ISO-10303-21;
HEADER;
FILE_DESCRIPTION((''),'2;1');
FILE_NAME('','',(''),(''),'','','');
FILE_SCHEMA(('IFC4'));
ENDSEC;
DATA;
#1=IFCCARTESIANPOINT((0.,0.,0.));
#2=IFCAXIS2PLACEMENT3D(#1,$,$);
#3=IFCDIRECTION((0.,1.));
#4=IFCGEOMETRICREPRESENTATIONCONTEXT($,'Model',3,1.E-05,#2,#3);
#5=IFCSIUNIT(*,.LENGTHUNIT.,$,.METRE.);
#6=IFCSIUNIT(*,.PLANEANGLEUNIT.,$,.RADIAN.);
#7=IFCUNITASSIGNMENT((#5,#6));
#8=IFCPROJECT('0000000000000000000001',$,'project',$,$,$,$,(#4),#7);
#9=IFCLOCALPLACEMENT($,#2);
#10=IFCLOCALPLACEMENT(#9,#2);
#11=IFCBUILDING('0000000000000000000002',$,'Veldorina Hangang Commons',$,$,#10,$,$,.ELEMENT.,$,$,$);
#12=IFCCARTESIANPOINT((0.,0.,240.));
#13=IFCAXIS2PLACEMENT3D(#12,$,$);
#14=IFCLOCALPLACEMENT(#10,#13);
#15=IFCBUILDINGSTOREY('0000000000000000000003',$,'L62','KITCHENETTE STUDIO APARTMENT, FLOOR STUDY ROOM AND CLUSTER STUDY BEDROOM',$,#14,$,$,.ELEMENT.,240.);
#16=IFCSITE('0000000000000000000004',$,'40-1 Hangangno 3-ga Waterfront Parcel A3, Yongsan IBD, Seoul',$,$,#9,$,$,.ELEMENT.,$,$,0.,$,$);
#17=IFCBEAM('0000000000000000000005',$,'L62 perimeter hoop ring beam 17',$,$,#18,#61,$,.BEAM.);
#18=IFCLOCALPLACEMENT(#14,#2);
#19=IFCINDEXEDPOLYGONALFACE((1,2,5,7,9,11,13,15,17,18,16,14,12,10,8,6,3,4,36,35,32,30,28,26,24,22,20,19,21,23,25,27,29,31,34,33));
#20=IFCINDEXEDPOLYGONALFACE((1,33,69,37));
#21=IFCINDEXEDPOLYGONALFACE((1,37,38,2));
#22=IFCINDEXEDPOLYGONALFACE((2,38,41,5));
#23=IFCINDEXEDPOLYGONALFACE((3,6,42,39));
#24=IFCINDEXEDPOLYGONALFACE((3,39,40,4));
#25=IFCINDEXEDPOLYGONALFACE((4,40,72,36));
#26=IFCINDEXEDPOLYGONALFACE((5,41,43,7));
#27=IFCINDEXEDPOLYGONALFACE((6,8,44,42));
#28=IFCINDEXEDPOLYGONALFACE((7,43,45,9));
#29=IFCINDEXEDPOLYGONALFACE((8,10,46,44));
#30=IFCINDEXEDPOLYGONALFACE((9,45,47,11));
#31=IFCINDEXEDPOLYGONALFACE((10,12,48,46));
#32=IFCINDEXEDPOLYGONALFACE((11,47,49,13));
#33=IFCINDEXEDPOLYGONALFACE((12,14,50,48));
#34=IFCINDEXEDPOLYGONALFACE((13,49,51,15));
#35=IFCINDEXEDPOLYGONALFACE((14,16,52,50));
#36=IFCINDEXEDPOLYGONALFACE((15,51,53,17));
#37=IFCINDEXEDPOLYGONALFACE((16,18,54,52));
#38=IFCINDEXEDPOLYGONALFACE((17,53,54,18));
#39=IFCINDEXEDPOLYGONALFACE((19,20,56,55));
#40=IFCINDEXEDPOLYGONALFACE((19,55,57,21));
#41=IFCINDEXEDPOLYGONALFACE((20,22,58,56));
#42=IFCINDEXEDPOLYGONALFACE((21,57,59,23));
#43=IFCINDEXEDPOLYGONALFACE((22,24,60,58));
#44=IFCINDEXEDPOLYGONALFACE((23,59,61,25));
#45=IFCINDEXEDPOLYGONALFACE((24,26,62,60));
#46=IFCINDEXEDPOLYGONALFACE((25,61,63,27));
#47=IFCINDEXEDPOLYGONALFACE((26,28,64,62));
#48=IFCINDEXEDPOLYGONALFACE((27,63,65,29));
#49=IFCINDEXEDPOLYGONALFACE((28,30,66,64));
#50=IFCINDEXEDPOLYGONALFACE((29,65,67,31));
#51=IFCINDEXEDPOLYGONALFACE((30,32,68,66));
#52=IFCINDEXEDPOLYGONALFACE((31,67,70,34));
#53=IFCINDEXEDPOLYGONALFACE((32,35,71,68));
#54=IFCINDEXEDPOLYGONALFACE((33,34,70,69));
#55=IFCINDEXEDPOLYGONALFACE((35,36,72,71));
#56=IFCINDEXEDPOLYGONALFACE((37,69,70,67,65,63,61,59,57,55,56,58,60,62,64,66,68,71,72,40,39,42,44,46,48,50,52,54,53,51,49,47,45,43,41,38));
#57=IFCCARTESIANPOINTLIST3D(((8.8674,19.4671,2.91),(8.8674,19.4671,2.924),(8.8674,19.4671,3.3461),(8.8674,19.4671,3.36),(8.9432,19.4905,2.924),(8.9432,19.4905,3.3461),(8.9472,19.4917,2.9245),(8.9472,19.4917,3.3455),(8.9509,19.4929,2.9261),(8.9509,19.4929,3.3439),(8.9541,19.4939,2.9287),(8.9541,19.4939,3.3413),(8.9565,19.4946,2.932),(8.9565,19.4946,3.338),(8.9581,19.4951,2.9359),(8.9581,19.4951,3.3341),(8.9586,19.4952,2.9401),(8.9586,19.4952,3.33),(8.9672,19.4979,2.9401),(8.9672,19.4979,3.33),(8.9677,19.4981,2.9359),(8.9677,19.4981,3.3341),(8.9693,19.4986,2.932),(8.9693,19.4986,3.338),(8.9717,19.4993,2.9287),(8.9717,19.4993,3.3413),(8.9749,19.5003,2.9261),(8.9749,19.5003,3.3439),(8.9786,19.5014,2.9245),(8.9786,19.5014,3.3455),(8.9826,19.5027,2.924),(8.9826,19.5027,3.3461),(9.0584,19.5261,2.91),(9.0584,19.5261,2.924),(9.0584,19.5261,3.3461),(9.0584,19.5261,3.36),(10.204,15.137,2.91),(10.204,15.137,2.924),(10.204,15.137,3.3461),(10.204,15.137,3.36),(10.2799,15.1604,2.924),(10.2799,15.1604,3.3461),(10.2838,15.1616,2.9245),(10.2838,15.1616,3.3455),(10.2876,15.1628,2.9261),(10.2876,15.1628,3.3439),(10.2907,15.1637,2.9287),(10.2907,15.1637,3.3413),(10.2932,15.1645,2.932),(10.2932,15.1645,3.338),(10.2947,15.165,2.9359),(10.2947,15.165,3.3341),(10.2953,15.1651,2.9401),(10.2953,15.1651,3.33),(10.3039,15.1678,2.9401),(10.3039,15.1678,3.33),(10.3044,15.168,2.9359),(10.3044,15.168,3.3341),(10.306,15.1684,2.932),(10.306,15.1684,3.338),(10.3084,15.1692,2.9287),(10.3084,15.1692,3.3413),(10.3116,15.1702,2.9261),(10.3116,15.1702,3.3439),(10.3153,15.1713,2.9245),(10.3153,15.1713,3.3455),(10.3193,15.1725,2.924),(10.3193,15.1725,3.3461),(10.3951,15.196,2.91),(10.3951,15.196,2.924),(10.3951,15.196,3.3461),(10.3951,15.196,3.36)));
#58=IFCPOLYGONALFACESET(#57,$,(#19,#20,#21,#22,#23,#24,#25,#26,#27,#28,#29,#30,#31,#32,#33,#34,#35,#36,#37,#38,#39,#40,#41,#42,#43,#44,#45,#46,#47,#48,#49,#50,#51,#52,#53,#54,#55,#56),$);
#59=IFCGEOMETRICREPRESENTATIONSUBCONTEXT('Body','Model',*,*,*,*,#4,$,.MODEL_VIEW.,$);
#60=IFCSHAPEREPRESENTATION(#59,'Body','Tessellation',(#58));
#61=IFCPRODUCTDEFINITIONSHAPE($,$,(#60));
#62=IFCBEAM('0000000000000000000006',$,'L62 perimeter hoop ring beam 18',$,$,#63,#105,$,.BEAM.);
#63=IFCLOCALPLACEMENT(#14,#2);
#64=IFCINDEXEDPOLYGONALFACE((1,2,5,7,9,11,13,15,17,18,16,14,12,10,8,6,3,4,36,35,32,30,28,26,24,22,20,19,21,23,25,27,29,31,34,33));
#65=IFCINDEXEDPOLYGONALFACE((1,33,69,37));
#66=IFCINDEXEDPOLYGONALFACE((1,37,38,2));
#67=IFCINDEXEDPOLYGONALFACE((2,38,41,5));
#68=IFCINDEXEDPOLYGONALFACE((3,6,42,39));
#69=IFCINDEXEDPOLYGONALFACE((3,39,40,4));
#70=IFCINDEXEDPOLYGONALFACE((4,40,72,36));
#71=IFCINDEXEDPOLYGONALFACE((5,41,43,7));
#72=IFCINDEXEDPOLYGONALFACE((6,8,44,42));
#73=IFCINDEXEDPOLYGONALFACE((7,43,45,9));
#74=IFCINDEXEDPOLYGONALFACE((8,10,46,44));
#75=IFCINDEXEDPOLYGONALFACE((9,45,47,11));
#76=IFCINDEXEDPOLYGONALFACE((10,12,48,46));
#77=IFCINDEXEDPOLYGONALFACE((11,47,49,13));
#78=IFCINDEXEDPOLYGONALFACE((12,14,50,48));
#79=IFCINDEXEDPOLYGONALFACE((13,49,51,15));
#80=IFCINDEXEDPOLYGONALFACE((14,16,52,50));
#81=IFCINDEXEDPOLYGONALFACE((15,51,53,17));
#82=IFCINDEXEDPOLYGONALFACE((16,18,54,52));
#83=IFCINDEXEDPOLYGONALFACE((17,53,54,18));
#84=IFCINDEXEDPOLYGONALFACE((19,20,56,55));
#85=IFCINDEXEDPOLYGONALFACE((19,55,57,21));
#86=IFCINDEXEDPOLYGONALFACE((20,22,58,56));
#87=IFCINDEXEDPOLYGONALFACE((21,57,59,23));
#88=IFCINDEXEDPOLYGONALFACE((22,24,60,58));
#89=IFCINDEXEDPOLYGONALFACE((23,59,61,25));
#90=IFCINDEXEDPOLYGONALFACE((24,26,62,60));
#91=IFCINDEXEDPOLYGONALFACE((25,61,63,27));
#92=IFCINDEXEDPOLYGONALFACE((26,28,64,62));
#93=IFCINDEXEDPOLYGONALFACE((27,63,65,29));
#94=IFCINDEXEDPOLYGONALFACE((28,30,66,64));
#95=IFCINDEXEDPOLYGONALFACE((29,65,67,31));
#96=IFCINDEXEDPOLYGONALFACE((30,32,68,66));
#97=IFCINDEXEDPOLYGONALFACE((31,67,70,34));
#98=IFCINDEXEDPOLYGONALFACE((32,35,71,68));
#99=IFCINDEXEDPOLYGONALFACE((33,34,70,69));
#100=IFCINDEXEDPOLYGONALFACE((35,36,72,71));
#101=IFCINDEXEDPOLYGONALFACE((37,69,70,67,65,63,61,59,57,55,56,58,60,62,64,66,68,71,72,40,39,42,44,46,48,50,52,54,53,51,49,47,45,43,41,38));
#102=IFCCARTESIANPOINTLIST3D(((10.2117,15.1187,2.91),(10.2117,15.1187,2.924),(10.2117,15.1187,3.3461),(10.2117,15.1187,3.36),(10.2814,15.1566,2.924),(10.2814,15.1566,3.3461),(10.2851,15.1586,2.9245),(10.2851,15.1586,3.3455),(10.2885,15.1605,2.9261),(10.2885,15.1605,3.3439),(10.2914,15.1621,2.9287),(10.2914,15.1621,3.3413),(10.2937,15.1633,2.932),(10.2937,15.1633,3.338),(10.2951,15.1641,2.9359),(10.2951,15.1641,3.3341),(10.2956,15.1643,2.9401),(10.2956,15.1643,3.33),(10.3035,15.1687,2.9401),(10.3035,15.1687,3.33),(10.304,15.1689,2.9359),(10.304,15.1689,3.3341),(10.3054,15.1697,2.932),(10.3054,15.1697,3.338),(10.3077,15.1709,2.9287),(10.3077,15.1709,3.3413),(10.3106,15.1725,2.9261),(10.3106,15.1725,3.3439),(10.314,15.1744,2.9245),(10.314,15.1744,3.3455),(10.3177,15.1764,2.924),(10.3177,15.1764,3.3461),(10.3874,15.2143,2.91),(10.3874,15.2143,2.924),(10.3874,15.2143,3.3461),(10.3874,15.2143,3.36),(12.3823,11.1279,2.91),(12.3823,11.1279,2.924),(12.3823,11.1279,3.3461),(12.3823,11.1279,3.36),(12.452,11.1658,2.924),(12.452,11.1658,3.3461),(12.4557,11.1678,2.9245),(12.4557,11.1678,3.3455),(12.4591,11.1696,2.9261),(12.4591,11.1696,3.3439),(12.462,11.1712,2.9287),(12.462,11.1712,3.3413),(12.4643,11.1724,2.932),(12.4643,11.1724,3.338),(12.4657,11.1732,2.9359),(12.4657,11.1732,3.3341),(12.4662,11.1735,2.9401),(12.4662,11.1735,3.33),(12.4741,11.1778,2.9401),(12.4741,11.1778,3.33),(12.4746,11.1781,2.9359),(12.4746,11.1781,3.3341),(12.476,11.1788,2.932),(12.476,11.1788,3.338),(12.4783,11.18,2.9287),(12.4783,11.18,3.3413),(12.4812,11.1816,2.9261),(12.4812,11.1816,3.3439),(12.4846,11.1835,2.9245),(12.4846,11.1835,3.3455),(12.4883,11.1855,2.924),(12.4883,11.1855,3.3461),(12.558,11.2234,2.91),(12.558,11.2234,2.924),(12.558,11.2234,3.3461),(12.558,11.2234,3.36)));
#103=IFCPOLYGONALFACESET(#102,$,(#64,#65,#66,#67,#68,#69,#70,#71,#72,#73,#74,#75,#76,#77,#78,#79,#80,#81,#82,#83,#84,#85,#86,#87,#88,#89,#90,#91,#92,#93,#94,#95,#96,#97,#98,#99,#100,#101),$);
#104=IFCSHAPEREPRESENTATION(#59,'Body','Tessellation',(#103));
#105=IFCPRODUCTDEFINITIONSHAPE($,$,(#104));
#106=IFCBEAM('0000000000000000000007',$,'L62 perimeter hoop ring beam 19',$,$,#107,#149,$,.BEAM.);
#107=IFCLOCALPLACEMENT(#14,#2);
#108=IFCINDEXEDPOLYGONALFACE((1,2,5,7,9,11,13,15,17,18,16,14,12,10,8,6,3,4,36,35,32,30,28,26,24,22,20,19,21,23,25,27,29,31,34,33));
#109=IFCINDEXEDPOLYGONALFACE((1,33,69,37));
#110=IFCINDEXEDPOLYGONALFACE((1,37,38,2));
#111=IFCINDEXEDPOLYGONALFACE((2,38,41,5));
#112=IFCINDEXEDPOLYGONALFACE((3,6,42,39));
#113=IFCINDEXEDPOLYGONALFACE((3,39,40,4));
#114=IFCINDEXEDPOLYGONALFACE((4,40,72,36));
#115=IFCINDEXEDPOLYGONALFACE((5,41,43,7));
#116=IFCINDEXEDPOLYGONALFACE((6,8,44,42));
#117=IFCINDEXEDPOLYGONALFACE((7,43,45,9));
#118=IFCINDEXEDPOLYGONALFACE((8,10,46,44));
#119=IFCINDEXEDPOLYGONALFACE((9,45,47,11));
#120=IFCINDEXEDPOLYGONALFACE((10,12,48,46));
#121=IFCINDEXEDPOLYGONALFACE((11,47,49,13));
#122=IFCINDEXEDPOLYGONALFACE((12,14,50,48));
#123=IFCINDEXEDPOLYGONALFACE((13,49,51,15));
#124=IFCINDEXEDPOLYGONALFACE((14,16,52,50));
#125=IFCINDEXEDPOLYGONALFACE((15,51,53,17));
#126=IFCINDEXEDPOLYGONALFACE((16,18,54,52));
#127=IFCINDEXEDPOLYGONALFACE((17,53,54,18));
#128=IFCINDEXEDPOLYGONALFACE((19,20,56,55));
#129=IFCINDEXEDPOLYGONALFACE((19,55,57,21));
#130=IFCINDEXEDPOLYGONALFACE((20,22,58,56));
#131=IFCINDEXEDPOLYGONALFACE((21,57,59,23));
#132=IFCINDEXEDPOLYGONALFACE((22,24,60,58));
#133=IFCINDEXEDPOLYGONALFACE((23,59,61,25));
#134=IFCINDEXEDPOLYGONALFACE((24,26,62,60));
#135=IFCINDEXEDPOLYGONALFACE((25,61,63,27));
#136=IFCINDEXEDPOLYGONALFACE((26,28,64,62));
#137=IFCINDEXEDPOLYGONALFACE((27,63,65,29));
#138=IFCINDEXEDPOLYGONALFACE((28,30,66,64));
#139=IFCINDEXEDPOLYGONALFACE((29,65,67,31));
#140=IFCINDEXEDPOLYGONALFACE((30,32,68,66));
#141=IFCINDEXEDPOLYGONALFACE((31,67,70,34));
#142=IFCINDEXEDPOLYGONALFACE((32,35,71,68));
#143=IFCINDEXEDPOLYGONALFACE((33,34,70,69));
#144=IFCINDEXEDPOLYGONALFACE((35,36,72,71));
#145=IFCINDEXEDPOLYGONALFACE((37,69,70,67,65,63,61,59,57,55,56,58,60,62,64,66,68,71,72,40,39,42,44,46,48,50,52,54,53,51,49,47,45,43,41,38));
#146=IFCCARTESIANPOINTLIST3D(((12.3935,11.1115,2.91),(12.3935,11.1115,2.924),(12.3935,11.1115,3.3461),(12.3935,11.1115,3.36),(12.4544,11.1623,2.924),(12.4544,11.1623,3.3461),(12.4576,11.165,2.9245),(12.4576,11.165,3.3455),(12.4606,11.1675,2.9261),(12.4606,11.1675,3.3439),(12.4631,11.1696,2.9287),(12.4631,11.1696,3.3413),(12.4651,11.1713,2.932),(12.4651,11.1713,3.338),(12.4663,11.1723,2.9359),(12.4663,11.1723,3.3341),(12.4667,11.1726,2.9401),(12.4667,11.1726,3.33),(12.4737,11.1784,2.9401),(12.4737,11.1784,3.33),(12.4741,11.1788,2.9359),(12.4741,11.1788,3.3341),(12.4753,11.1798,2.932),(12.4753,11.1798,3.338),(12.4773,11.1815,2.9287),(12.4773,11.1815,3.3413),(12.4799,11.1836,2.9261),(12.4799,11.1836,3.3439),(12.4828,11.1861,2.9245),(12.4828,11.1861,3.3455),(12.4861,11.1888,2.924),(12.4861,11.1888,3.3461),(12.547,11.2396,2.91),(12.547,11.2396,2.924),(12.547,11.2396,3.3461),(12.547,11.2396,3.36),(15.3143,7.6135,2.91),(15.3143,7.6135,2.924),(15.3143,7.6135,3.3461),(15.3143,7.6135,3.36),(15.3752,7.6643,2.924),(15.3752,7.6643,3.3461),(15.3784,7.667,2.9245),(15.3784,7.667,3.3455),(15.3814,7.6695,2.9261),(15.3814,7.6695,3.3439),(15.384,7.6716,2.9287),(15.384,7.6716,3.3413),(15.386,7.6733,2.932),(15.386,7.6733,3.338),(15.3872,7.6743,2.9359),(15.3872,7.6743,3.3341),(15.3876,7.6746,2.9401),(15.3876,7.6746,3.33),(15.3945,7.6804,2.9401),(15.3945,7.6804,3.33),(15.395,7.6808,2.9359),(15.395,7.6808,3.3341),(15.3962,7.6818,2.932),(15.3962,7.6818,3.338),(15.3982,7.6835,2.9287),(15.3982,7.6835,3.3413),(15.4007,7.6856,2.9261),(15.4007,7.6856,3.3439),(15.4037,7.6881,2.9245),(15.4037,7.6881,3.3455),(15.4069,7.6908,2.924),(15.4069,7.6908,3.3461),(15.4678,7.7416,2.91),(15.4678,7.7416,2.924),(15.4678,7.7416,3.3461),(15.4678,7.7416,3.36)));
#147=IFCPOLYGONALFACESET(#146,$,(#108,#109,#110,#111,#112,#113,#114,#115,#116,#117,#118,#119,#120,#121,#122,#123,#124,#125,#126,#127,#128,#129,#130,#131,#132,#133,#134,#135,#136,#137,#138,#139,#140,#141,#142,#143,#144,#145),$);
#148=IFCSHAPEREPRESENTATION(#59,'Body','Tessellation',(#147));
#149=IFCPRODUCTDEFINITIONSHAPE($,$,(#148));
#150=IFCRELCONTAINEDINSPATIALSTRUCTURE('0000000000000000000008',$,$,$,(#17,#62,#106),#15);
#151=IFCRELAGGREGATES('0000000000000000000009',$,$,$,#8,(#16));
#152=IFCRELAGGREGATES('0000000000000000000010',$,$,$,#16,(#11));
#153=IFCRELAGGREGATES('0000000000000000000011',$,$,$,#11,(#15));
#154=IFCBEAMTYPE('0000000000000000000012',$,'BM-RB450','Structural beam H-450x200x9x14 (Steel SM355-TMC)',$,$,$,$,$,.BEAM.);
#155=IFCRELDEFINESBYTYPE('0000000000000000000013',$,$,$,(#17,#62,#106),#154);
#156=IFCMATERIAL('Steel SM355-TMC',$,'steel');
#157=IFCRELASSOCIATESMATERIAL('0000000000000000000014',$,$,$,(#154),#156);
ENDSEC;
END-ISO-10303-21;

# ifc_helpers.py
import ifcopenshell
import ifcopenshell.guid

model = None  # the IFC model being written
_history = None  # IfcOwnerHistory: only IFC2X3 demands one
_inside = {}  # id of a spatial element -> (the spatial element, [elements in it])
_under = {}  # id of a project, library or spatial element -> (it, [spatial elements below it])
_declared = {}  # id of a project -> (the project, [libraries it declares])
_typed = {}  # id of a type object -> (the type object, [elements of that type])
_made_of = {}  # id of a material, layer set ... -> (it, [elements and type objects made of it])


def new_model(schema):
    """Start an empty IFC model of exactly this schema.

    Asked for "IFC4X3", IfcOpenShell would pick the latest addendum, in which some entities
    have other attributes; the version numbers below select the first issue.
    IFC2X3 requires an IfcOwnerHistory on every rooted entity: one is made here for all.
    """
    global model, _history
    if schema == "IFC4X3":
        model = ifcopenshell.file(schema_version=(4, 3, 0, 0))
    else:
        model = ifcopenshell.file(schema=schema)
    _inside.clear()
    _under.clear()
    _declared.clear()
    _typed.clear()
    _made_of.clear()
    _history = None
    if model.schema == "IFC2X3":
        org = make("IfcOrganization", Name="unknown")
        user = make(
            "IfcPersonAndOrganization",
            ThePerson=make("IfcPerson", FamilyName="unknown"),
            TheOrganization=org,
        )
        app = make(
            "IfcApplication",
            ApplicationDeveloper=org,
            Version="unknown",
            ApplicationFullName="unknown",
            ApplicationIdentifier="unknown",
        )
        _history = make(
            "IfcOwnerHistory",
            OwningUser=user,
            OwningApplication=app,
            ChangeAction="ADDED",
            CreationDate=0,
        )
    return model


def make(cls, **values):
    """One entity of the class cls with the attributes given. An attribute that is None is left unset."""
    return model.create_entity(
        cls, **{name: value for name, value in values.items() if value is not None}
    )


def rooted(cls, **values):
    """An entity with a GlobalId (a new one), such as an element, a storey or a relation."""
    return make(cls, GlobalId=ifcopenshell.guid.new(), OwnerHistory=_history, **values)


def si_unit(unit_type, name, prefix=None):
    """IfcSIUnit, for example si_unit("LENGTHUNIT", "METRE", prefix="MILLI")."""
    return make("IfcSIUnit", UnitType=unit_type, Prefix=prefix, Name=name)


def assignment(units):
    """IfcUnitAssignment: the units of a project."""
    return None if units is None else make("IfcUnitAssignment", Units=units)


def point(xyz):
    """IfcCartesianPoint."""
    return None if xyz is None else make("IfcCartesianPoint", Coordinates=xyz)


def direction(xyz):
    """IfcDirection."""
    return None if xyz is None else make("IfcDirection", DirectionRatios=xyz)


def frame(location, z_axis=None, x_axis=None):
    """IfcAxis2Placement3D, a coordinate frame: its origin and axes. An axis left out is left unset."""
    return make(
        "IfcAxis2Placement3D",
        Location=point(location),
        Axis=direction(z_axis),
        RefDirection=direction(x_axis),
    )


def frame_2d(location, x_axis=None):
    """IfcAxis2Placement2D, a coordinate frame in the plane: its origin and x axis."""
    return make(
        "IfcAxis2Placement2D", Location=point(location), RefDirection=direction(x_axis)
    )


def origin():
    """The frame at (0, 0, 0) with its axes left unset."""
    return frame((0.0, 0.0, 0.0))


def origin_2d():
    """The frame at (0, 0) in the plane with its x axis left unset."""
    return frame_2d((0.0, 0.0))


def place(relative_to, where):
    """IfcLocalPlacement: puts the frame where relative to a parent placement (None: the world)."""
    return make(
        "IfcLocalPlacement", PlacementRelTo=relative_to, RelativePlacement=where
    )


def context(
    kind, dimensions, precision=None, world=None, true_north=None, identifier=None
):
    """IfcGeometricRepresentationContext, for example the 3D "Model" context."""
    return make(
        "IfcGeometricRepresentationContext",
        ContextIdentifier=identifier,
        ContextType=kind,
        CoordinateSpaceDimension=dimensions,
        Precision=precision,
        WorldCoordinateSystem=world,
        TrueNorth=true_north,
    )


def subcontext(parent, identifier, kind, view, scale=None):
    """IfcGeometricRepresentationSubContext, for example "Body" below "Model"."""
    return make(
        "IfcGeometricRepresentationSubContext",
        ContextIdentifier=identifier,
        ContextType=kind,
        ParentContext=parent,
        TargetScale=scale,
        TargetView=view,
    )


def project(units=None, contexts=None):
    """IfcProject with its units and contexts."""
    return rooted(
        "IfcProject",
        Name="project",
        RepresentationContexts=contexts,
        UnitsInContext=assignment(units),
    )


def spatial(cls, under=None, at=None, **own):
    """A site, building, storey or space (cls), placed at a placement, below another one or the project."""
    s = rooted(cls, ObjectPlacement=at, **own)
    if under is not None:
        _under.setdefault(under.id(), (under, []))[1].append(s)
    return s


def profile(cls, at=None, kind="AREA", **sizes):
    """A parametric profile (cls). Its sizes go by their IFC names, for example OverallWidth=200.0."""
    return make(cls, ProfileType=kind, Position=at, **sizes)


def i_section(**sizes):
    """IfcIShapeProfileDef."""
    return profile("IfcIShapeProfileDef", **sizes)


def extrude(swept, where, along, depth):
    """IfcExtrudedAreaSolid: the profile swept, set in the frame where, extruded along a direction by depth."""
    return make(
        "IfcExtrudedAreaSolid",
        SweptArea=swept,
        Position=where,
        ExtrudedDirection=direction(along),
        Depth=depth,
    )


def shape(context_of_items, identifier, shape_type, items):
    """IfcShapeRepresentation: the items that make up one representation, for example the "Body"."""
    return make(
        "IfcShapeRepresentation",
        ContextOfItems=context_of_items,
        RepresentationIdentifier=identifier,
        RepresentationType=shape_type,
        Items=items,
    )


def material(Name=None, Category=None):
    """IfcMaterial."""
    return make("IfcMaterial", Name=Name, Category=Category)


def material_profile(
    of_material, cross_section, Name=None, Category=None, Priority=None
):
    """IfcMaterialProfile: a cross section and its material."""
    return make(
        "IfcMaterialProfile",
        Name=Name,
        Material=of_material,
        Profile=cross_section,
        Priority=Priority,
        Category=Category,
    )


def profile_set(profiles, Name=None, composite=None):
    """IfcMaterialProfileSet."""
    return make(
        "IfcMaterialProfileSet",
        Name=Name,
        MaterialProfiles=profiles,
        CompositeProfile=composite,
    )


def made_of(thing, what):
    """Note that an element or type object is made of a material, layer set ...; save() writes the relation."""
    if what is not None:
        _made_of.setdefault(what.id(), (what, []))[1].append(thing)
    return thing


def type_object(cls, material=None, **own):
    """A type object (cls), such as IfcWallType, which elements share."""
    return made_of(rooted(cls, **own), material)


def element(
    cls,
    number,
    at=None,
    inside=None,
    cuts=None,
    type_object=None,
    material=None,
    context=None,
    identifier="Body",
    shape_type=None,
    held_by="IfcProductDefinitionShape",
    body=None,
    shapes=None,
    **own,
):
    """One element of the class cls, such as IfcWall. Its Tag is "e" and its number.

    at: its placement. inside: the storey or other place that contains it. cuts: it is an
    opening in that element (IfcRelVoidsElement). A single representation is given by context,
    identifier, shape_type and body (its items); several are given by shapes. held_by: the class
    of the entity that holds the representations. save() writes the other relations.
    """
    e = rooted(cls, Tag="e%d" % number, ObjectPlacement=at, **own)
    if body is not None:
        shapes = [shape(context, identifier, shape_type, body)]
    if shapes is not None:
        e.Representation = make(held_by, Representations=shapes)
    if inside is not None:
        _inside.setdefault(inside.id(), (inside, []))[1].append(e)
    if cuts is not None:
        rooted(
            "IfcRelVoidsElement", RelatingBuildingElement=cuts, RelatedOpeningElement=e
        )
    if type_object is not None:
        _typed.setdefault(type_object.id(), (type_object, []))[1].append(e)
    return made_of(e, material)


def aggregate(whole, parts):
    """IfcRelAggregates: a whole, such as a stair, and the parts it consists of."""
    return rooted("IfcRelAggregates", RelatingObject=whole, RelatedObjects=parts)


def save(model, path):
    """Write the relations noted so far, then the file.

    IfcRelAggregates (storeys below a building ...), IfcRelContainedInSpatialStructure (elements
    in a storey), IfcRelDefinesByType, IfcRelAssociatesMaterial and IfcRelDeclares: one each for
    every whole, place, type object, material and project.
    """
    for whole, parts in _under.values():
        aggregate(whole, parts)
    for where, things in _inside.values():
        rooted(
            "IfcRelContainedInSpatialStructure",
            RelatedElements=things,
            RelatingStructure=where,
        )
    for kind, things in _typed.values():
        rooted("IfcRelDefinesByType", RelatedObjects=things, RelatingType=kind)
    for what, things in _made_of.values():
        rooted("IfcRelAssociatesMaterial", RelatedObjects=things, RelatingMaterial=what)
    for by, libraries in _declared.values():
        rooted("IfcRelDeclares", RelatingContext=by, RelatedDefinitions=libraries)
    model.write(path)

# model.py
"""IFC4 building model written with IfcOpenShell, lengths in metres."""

from ifc_helpers import new_model, si_unit, direction, frame, origin, origin_2d, place, context, subcontext, project, spatial, i_section, extrude, material, material_profile, profile_set, type_object, element, save


model = new_model("IFC4")

# Units and contexts
model_context = context("Model", 3, precision=1e-05, world=origin(), true_north=direction((0.0, 1.0)))
body_context = subcontext(model_context, "Body", "Model", "MODEL_VIEW")
ifc_project = project(units=[si_unit("LENGTHUNIT", "METRE"), si_unit("PLANEANGLEUNIT", "RADIAN")], contexts=[model_context])

# Site, building, storey
site_placement = place(None, origin())
site = spatial("IfcSite", under=ifc_project, at=site_placement, Name="40-1 Hangangno 3-ga Waterfront Parcel A3, Yongsan IBD, Seoul", CompositionType="ELEMENT", RefElevation=0.0)
building_placement = place(site_placement, origin())
building = spatial("IfcBuilding", under=site, at=building_placement, Name="Veldorina Hangang Commons", CompositionType="ELEMENT")
storey_placement = place(building_placement, frame((0.0, 0.0, 240.0)))
storey = spatial("IfcBuildingStorey", under=building, at=storey_placement, Name="L62", Description="KITCHENETTE STUDIO APARTMENT, FLOOR STUDY ROOM AND CLUSTER STUDY BEDROOM", CompositionType="ELEMENT", Elevation=240.0)

# Beams
ifc_material_1 = material(Name="Steel SM355-TMC", Category="steel")
ifc_material_profile_1 = material_profile(ifc_material_1, i_section(OverallWidth=0.2, OverallDepth=0.45, WebThickness=0.009, FlangeThickness=0.0139, FilletRadius=0.0161, at=origin_2d()), Name="H-450x200x9x14")
ifc_profile_set_1 = profile_set([ifc_material_profile_1], Name="Steel SM355-TMC")
beam_type = type_object("IfcBeamType", Name="BM-RB450", Description="Structural beam H-450x200x9x14 (Steel SM355-TMC)", PredefinedType="BEAM", material=ifc_profile_set_1)
beam_1_placement = place(storey_placement, frame((8.9629, 19.4966, 3.135), z_axis=(0.29496, -0.95551, 0.0), x_axis=(0.95551, 0.29496, 0.0)))
element("IfcBeam", 1, at=beam_1_placement, inside=storey, type_object=beam_type, Name="L62 perimeter hoop ring beam 17", PredefinedType="BEAM", context=body_context, shape_type="SweptSolid", body=[
    extrude(i_section(OverallWidth=0.2, OverallDepth=0.45, WebThickness=0.009, FlangeThickness=0.0139, FilletRadius=0.0161, at=origin_2d()), origin(), (0.0, 0.0, 1.0), 4.5317),
])
beam_2_placement = place(storey_placement, frame((10.2996, 15.1665, 3.135), z_axis=(0.477794, -0.878472, 0.0), x_axis=(0.878472, 0.477794, 0.0)))
element("IfcBeam", 2, at=beam_2_placement, inside=storey, type_object=beam_type, Name="L62 perimeter hoop ring beam 18", PredefinedType="BEAM", context=body_context, shape_type="SweptSolid", body=[
    extrude(i_section(OverallWidth=0.2, OverallDepth=0.45, WebThickness=0.009, FlangeThickness=0.0139, FilletRadius=0.0161, at=origin_2d()), origin(), (0.0, 0.0, 1.0), 4.543),
])
beam_3_placement = place(storey_placement, frame((12.4702, 11.1755, 3.135), z_axis=(0.640943, -0.767589, 0.0), x_axis=(0.767589, 0.640943, 0.0)))
element("IfcBeam", 3, at=beam_3_placement, inside=storey, type_object=beam_type, Name="L62 perimeter hoop ring beam 19", PredefinedType="BEAM", context=body_context, shape_type="SweptSolid", body=[
    extrude(i_section(OverallWidth=0.2, OverallDepth=0.45, WebThickness=0.009, FlangeThickness=0.0139, FilletRadius=0.0161, at=origin_2d()), origin(), (0.0, 0.0, 1.0), 4.5571),
])

save(model, "model.ifc")
